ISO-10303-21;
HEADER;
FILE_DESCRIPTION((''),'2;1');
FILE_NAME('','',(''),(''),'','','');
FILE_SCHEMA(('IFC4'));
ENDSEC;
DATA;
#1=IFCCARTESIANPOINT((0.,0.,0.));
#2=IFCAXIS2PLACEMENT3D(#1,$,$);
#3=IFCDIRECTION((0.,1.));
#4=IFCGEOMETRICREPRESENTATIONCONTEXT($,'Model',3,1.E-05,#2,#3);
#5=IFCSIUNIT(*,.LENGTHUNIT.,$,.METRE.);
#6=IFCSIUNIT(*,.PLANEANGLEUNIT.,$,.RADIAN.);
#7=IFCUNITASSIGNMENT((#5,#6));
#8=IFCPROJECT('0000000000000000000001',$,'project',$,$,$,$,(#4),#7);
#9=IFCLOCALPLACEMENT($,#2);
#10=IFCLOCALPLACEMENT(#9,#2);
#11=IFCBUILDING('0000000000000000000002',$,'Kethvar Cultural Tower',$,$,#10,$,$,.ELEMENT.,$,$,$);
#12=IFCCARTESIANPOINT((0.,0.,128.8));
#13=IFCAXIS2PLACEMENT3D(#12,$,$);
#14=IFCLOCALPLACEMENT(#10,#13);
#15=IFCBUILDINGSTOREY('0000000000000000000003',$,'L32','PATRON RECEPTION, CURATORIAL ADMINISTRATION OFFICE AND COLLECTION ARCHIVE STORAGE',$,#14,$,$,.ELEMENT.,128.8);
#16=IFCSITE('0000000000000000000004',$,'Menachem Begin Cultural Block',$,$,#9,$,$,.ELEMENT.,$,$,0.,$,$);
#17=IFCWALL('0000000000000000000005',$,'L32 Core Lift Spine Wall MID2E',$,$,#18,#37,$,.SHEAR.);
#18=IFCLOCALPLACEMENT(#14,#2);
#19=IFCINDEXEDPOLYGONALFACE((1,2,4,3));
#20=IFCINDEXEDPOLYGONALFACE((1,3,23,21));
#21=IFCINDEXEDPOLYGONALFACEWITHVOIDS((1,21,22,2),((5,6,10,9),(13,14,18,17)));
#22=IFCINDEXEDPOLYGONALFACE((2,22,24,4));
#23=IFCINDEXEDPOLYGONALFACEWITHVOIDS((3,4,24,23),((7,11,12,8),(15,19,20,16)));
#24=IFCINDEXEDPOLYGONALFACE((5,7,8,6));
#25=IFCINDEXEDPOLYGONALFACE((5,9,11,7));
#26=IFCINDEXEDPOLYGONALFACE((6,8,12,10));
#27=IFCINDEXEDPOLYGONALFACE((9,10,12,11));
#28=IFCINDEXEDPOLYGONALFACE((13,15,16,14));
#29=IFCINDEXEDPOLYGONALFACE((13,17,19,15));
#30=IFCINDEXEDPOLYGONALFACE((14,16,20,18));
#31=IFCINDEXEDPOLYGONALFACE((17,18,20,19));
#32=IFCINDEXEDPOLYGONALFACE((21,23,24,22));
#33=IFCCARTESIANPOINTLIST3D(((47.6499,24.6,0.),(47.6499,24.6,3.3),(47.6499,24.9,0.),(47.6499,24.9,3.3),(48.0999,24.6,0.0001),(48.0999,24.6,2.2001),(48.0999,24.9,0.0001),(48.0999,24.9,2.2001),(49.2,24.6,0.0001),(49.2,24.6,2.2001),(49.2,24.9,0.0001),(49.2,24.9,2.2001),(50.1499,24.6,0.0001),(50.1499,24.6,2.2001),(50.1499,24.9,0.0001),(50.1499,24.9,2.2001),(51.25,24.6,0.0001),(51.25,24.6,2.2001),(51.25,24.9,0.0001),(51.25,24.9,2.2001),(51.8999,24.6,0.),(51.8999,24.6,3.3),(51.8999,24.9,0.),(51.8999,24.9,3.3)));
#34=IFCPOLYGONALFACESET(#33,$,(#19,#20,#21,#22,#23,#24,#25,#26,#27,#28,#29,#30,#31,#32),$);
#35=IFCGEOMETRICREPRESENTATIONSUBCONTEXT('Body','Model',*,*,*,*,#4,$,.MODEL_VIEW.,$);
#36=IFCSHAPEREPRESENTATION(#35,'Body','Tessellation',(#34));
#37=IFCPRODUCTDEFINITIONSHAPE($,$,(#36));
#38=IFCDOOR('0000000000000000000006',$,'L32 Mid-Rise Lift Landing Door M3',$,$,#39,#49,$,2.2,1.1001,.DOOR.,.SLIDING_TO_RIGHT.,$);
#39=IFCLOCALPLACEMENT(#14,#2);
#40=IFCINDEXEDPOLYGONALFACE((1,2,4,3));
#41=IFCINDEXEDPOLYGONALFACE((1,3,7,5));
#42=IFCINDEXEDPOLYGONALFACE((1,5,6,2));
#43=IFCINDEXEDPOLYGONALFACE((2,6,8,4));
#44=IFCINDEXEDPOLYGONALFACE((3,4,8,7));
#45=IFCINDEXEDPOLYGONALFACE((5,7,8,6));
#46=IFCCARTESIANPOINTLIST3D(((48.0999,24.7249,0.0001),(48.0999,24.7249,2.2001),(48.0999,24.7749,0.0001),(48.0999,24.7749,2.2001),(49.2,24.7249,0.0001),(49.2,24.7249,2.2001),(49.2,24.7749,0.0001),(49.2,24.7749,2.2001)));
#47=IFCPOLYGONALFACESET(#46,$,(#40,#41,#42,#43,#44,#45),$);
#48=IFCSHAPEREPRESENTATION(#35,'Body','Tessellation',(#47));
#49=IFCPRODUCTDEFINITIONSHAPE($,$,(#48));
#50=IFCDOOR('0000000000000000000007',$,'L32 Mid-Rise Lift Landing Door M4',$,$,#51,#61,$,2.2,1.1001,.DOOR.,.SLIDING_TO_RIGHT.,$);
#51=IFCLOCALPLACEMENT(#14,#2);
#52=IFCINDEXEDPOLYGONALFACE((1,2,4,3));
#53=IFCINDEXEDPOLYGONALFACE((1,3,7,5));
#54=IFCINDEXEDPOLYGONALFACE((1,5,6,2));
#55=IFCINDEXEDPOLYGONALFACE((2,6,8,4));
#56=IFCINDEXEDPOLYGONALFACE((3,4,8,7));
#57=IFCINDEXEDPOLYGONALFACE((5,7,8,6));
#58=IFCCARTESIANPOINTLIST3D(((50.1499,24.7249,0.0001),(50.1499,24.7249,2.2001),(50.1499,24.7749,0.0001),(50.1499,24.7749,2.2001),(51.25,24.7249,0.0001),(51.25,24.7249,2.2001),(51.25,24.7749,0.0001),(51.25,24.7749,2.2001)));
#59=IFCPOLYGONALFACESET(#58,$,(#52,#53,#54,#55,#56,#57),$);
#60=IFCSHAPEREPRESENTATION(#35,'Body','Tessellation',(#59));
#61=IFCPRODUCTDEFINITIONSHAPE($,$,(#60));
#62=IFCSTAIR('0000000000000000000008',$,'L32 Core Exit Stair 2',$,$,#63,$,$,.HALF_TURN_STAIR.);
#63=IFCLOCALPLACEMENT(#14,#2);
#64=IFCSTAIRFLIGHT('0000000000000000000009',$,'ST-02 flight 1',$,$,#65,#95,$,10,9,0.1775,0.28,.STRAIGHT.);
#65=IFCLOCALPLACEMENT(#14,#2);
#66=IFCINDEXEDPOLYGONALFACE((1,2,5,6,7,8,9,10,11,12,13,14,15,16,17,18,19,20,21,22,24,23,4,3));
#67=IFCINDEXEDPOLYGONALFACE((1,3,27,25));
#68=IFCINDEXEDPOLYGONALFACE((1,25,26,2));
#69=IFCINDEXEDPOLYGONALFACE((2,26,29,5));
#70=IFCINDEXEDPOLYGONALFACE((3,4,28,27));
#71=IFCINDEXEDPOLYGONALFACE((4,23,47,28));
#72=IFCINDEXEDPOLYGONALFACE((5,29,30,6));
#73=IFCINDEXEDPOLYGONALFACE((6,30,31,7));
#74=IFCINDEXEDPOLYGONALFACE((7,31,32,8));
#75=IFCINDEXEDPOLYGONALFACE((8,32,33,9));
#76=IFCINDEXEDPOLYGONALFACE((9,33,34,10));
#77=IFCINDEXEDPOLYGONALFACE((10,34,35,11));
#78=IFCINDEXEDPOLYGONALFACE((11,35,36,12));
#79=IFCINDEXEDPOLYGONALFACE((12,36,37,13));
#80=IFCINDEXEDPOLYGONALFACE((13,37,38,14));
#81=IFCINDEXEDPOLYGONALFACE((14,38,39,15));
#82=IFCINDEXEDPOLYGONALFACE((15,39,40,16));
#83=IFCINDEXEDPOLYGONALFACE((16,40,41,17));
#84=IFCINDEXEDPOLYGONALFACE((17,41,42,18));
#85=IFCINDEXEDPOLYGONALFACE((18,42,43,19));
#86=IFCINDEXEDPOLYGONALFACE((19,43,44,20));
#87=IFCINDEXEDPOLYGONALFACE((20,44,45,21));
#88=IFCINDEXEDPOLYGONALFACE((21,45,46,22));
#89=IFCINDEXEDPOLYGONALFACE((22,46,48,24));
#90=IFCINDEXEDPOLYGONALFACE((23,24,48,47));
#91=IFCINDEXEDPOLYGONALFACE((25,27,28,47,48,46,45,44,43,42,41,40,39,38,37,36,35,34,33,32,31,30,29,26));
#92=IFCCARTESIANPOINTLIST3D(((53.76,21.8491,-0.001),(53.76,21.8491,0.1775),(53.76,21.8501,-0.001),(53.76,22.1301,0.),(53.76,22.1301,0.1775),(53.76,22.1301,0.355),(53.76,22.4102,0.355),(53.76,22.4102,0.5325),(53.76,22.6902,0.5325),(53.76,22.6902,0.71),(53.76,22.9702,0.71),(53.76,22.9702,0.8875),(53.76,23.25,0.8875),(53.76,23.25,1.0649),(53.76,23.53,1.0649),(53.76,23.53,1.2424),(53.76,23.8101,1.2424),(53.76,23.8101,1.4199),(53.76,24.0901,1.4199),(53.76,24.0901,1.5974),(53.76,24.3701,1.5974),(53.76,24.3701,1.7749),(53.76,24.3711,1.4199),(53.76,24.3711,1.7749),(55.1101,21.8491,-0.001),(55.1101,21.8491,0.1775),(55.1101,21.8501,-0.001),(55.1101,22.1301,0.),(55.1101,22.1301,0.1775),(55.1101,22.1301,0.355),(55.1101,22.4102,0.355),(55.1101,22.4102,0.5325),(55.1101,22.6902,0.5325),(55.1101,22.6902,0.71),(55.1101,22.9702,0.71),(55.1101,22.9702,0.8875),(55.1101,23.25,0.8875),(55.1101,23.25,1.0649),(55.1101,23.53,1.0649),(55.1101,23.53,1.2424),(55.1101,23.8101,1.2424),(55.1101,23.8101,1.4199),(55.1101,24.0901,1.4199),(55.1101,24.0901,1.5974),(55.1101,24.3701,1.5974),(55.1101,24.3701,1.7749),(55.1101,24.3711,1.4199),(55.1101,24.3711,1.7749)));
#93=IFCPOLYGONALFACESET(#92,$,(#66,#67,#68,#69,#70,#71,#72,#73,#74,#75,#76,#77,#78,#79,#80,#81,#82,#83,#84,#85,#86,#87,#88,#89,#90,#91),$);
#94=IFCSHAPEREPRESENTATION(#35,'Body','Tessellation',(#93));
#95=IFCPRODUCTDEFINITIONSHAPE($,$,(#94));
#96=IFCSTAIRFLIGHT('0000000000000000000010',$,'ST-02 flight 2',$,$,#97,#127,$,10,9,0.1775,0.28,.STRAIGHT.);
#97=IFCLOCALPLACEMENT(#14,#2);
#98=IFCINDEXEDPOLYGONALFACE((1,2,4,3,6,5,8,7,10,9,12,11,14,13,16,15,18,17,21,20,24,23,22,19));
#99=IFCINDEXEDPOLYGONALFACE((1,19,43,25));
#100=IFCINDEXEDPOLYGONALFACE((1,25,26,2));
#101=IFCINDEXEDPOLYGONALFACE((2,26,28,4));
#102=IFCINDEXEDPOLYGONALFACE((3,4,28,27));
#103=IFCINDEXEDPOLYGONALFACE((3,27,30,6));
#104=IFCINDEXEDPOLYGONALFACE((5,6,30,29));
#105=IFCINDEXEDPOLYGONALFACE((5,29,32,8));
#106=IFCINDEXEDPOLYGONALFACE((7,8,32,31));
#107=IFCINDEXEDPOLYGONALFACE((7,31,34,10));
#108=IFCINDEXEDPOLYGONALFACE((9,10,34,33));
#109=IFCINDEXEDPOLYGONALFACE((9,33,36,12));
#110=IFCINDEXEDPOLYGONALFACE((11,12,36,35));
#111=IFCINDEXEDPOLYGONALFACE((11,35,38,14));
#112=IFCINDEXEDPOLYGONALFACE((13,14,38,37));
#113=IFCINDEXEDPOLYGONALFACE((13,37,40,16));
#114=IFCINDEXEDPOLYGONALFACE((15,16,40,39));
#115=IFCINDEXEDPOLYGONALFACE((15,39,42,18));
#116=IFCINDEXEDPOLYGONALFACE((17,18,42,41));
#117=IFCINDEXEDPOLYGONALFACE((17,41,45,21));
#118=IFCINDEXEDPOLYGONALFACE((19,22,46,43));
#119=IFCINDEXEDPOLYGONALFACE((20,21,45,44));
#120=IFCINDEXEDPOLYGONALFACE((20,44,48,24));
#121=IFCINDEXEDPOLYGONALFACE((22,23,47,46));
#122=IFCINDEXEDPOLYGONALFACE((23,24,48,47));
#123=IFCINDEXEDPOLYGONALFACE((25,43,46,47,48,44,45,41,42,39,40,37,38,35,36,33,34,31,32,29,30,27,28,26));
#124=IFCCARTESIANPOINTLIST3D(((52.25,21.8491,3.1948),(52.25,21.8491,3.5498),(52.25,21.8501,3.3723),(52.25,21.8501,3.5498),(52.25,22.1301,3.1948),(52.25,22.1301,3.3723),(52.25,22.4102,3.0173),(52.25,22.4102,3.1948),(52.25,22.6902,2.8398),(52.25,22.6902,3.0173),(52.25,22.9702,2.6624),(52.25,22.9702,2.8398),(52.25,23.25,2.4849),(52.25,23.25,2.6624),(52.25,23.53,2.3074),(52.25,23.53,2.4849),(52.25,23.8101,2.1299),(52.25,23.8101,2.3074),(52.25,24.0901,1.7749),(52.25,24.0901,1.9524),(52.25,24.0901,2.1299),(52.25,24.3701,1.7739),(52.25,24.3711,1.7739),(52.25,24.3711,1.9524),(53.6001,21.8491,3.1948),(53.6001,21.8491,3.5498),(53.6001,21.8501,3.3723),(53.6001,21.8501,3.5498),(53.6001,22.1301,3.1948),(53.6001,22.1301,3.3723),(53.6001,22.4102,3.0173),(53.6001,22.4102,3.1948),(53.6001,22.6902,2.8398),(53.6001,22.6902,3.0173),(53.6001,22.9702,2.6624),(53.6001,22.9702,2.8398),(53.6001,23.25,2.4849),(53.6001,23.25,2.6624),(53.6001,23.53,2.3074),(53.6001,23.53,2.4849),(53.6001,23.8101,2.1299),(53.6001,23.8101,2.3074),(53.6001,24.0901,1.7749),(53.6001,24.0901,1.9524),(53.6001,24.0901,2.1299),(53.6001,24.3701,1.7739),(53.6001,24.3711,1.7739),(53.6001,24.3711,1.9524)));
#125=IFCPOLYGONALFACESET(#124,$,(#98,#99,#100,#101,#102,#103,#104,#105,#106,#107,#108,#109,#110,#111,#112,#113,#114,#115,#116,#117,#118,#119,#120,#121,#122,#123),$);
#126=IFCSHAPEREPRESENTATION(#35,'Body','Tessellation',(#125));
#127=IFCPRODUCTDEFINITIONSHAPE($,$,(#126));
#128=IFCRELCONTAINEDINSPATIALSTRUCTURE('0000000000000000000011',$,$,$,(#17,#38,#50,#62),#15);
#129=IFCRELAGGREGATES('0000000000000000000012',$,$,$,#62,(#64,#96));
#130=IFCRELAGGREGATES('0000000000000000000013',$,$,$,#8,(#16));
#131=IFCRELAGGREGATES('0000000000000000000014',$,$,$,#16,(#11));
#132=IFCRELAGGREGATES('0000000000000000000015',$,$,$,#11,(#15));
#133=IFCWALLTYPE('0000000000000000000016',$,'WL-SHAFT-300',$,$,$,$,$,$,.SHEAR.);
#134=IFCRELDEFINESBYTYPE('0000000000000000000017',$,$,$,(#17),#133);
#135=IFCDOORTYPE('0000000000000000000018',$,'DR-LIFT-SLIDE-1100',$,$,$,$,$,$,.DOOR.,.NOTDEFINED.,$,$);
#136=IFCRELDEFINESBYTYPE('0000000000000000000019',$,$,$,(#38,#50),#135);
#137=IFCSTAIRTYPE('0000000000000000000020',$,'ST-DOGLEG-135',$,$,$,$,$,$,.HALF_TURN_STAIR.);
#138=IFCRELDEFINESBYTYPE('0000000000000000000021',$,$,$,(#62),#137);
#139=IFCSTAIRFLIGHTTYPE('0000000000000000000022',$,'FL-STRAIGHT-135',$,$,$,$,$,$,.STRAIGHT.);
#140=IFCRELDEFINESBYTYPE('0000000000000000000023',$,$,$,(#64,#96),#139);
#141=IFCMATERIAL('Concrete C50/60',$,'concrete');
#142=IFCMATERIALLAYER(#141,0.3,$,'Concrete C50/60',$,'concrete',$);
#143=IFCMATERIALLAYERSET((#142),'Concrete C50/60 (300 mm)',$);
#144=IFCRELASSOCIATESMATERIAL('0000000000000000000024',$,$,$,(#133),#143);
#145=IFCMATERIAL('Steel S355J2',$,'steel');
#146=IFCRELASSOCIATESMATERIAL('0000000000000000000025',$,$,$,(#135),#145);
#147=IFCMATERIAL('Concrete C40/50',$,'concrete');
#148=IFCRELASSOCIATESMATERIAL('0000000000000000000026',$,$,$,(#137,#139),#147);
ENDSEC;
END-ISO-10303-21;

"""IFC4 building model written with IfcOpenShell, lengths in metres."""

from ifc_helpers import new_model, si_unit, direction, frame, frame_2d, origin, place, context, subcontext, project, spatial, polyline, rectangle, outline, extrude, source, transform, mapped, material, layer, layer_set, type_object, element, fill, aggregate, save


model = new_model("IFC4")

# Units and contexts
model_context = context("Model", 3, precision=1e-05, world=origin(), true_north=direction((0.0, 1.0)))
body_context = subcontext(model_context, "Body", "Model", "MODEL_VIEW")
ifc_project = project(units=[si_unit("LENGTHUNIT", "METRE"), si_unit("PLANEANGLEUNIT", "RADIAN")], contexts=[model_context])

# Site, building, storey
site_placement = place(None, origin())
site = spatial("IfcSite", under=ifc_project, at=site_placement, Name="Menachem Begin Cultural Block", CompositionType="ELEMENT", RefElevation=0.0)
building_placement = place(site_placement, origin())
building = spatial("IfcBuilding", under=site, at=building_placement, Name="Kethvar Cultural Tower", CompositionType="ELEMENT")
storey_placement = place(building_placement, frame((0.0, 0.0, 128.8)))
storey = spatial("IfcBuildingStorey", under=building, at=storey_placement, Name="L32", Description="PATRON RECEPTION, CURATORIAL ADMINISTRATION OFFICE AND COLLECTION ARCHIVE STORAGE", CompositionType="ELEMENT", Elevation=128.8)

# Shared definitions
ifc_material_1 = material(Name="Steel S355J2", Category="steel")

# Shared definitions
ifc_material_2 = material(Name="Concrete C40/50", Category="concrete")
ifc_material_3 = material(Name="Concrete C50/60", Category="concrete")
ifc_layer_1 = layer(ifc_material_3, 0.3, Name="Concrete C50/60", Category="concrete")
ifc_layer_set_1 = layer_set([ifc_layer_1], Name="Concrete C50/60 (300 mm)")
wall_type_1 = type_object("IfcWallType", Name="WL-SHAFT-300", PredefinedType="SHEAR", material=ifc_layer_set_1)

# Wall, openings, doors
wall_1_placement = place(storey_placement, frame((47.6499, 24.75, 0.0), z_axis=(0.0, 0.0, 1.0), x_axis=(1.0, 0.0, 0.0)))
wall_1 = element("IfcWall", 1, at=wall_1_placement, inside=storey, type_object=wall_type_1, Name="L32 Core Lift Spine Wall MID2E", PredefinedType="SHEAR", context=body_context, shape_type="SweptSolid", body=[
    extrude(rectangle(XDim=4.25, YDim=0.3, at=frame_2d((2.125, 0.0))), origin(), (0.0, 0.0, 1.0), 3.3),
])
opening_1_placement = place(wall_1_placement, frame((0.45, 0.0, 0.0)))
opening_1 = element("IfcOpeningElement", 2, at=opening_1_placement, cuts=wall_1, PredefinedType="OPENING", context=body_context, shape_type="SweptSolid", body=[
    extrude(rectangle(XDim=1.1001, YDim=2.2, at=frame_2d((0.55, 1.1001))), frame((0.0, 0.1599, 0.0), z_axis=(0.0, -1.0, 0.0), x_axis=(1.0, 0.0, 0.0)), (0.0, 0.0, 1.0), 0.3201),
])
opening_2_placement = place(wall_1_placement, frame((2.5, 0.0, 0.0)))
opening_2 = element("IfcOpeningElement", 3, at=opening_2_placement, cuts=wall_1, PredefinedType="OPENING", context=body_context, shape_type="SweptSolid", body=[
    extrude(rectangle(XDim=1.1001, YDim=2.2, at=frame_2d((0.55, 1.1001))), frame((0.0, 0.1599, 0.0), z_axis=(0.0, -1.0, 0.0), x_axis=(1.0, 0.0, 0.0)), (0.0, 0.0, 1.0), 0.3201),
])
door_type = type_object("IfcDoorType", Name="DR-LIFT-SLIDE-1100", OperationType="NOTDEFINED", PredefinedType="DOOR", material=ifc_material_1)
shared_shape_1 = source(origin(), body_context, "Body", "SweptSolid", [
    extrude(rectangle(XDim=1.1001, YDim=2.2, at=frame_2d((0.55, 1.1001))), frame((0.0, 0.0249, 0.0), z_axis=(0.0, -1.0, 0.0), x_axis=(1.0, 0.0, 0.0)), (0.0, 0.0, 1.0), 0.05),
])
door_1_placement = place(opening_1_placement, origin())
door_1 = element("IfcDoor", 4, at=door_1_placement, inside=storey, type_object=door_type, Name="L32 Mid-Rise Lift Landing Door M3", OperationType="SLIDING_TO_RIGHT", OverallHeight=2.2, OverallWidth=1.1001, PredefinedType="DOOR", context=body_context, shape_type="MappedRepresentation", body=[
    mapped(shared_shape_1, transform((0.0, 0.0, 0.0), scale=1.0)),
])
fill(opening_1, door_1)
door_2_placement = place(opening_2_placement, origin())
door_2 = element("IfcDoor", 5, at=door_2_placement, inside=storey, type_object=door_type, Name="L32 Mid-Rise Lift Landing Door M4", OperationType="SLIDING_TO_RIGHT", OverallHeight=2.2, OverallWidth=1.1001, PredefinedType="DOOR", context=body_context, shape_type="MappedRepresentation", body=[
    mapped(shared_shape_1, transform((0.0, 0.0, 0.0), scale=1.0)),
])
fill(opening_2, door_2)

# Stair, stair flights
stair_type = type_object("IfcStairType", Name="ST-DOGLEG-135", PredefinedType="HALF_TURN_STAIR", material=ifc_material_2)
stair_placement = place(storey_placement, origin())
stair = element("IfcStair", 6, at=stair_placement, inside=storey, type_object=stair_type, Name="L32 Core Exit Stair 2", PredefinedType="HALF_TURN_STAIR")
stair_flight_type = type_object("IfcStairFlightType", Name="FL-STRAIGHT-135", PredefinedType="STRAIGHT", material=ifc_material_2)
stair_flight_1_placement = place(storey_placement, frame((54.4351, 21.8501, 0.0), z_axis=(0.0, 0.0, 1.0), x_axis=(0.0, 1.0, 0.0)))
stair_flight_1 = element("IfcStairFlight", 7, at=stair_flight_1_placement, type_object=stair_flight_type, Name="ST-02 flight 1", NumberOfRisers=10, NumberOfTreads=9, PredefinedType="STRAIGHT", RiserHeight=0.1775, TreadLength=0.28, context=body_context, shape_type="SweptSolid", body=[
    extrude(outline(polyline([(-0.001, -0.001), (-0.001, 0.1775), (0.28, 0.1775), (0.28, 0.355), (0.5601, 0.355), (0.5601, 0.5325), (0.8401, 0.5325), (0.8401, 0.71), (1.1201, 0.71), (1.1201, 0.8875), (1.3999, 0.8875), (1.3999, 1.0649), (1.6799, 1.0649), (1.6799, 1.2424), (1.96, 1.2424), (1.96, 1.4199), (2.24, 1.4199), (2.24, 1.5974), (2.52, 1.5974), (2.52, 1.7749), (2.521, 1.7749), (2.521, 1.4199), (0.28, 0.0), (0.0, -0.001), (-0.001, -0.001)])), frame((0.0, 0.675, 0.0), z_axis=(0.0, -1.0, 0.0), x_axis=(1.0, 0.0, 0.0)), (0.0, 0.0, 1.0), 1.3501),
])
stair_flight_2_placement = place(storey_placement, frame((52.925, 24.3701, 1.7749), z_axis=(0.0, 0.0, 1.0), x_axis=(0.0, -1.0, 0.0)))
stair_flight_2 = element("IfcStairFlight", 8, at=stair_flight_2_placement, type_object=stair_flight_type, Name="ST-02 flight 2", NumberOfRisers=10, NumberOfTreads=9, PredefinedType="STRAIGHT", RiserHeight=0.1775, TreadLength=0.28, context=body_context, shape_type="SweptSolid", body=[
    extrude(outline(polyline([(-0.001, -0.001), (-0.001, 0.1775), (0.28, 0.1775), (0.28, 0.355), (0.5601, 0.355), (0.5601, 0.5325), (0.8401, 0.5325), (0.8401, 0.71), (1.1201, 0.71), (1.1201, 0.8875), (1.3999, 0.8875), (1.3999, 1.0649), (1.6799, 1.0649), (1.6799, 1.2424), (1.96, 1.2424), (1.96, 1.4199), (2.24, 1.4199), (2.24, 1.5974), (2.52, 1.5974), (2.52, 1.7749), (2.521, 1.7749), (2.521, 1.4199), (0.28, 0.0), (0.0, -0.001), (-0.001, -0.001)])), frame((0.0, 0.675, 0.0), z_axis=(0.0, -1.0, 0.0), x_axis=(1.0, 0.0, 0.0)), (0.0, 0.0, 1.0), 1.3501),
])
aggregate(stair, [stair_flight_1, stair_flight_2])

save(model, "model.ifc")
